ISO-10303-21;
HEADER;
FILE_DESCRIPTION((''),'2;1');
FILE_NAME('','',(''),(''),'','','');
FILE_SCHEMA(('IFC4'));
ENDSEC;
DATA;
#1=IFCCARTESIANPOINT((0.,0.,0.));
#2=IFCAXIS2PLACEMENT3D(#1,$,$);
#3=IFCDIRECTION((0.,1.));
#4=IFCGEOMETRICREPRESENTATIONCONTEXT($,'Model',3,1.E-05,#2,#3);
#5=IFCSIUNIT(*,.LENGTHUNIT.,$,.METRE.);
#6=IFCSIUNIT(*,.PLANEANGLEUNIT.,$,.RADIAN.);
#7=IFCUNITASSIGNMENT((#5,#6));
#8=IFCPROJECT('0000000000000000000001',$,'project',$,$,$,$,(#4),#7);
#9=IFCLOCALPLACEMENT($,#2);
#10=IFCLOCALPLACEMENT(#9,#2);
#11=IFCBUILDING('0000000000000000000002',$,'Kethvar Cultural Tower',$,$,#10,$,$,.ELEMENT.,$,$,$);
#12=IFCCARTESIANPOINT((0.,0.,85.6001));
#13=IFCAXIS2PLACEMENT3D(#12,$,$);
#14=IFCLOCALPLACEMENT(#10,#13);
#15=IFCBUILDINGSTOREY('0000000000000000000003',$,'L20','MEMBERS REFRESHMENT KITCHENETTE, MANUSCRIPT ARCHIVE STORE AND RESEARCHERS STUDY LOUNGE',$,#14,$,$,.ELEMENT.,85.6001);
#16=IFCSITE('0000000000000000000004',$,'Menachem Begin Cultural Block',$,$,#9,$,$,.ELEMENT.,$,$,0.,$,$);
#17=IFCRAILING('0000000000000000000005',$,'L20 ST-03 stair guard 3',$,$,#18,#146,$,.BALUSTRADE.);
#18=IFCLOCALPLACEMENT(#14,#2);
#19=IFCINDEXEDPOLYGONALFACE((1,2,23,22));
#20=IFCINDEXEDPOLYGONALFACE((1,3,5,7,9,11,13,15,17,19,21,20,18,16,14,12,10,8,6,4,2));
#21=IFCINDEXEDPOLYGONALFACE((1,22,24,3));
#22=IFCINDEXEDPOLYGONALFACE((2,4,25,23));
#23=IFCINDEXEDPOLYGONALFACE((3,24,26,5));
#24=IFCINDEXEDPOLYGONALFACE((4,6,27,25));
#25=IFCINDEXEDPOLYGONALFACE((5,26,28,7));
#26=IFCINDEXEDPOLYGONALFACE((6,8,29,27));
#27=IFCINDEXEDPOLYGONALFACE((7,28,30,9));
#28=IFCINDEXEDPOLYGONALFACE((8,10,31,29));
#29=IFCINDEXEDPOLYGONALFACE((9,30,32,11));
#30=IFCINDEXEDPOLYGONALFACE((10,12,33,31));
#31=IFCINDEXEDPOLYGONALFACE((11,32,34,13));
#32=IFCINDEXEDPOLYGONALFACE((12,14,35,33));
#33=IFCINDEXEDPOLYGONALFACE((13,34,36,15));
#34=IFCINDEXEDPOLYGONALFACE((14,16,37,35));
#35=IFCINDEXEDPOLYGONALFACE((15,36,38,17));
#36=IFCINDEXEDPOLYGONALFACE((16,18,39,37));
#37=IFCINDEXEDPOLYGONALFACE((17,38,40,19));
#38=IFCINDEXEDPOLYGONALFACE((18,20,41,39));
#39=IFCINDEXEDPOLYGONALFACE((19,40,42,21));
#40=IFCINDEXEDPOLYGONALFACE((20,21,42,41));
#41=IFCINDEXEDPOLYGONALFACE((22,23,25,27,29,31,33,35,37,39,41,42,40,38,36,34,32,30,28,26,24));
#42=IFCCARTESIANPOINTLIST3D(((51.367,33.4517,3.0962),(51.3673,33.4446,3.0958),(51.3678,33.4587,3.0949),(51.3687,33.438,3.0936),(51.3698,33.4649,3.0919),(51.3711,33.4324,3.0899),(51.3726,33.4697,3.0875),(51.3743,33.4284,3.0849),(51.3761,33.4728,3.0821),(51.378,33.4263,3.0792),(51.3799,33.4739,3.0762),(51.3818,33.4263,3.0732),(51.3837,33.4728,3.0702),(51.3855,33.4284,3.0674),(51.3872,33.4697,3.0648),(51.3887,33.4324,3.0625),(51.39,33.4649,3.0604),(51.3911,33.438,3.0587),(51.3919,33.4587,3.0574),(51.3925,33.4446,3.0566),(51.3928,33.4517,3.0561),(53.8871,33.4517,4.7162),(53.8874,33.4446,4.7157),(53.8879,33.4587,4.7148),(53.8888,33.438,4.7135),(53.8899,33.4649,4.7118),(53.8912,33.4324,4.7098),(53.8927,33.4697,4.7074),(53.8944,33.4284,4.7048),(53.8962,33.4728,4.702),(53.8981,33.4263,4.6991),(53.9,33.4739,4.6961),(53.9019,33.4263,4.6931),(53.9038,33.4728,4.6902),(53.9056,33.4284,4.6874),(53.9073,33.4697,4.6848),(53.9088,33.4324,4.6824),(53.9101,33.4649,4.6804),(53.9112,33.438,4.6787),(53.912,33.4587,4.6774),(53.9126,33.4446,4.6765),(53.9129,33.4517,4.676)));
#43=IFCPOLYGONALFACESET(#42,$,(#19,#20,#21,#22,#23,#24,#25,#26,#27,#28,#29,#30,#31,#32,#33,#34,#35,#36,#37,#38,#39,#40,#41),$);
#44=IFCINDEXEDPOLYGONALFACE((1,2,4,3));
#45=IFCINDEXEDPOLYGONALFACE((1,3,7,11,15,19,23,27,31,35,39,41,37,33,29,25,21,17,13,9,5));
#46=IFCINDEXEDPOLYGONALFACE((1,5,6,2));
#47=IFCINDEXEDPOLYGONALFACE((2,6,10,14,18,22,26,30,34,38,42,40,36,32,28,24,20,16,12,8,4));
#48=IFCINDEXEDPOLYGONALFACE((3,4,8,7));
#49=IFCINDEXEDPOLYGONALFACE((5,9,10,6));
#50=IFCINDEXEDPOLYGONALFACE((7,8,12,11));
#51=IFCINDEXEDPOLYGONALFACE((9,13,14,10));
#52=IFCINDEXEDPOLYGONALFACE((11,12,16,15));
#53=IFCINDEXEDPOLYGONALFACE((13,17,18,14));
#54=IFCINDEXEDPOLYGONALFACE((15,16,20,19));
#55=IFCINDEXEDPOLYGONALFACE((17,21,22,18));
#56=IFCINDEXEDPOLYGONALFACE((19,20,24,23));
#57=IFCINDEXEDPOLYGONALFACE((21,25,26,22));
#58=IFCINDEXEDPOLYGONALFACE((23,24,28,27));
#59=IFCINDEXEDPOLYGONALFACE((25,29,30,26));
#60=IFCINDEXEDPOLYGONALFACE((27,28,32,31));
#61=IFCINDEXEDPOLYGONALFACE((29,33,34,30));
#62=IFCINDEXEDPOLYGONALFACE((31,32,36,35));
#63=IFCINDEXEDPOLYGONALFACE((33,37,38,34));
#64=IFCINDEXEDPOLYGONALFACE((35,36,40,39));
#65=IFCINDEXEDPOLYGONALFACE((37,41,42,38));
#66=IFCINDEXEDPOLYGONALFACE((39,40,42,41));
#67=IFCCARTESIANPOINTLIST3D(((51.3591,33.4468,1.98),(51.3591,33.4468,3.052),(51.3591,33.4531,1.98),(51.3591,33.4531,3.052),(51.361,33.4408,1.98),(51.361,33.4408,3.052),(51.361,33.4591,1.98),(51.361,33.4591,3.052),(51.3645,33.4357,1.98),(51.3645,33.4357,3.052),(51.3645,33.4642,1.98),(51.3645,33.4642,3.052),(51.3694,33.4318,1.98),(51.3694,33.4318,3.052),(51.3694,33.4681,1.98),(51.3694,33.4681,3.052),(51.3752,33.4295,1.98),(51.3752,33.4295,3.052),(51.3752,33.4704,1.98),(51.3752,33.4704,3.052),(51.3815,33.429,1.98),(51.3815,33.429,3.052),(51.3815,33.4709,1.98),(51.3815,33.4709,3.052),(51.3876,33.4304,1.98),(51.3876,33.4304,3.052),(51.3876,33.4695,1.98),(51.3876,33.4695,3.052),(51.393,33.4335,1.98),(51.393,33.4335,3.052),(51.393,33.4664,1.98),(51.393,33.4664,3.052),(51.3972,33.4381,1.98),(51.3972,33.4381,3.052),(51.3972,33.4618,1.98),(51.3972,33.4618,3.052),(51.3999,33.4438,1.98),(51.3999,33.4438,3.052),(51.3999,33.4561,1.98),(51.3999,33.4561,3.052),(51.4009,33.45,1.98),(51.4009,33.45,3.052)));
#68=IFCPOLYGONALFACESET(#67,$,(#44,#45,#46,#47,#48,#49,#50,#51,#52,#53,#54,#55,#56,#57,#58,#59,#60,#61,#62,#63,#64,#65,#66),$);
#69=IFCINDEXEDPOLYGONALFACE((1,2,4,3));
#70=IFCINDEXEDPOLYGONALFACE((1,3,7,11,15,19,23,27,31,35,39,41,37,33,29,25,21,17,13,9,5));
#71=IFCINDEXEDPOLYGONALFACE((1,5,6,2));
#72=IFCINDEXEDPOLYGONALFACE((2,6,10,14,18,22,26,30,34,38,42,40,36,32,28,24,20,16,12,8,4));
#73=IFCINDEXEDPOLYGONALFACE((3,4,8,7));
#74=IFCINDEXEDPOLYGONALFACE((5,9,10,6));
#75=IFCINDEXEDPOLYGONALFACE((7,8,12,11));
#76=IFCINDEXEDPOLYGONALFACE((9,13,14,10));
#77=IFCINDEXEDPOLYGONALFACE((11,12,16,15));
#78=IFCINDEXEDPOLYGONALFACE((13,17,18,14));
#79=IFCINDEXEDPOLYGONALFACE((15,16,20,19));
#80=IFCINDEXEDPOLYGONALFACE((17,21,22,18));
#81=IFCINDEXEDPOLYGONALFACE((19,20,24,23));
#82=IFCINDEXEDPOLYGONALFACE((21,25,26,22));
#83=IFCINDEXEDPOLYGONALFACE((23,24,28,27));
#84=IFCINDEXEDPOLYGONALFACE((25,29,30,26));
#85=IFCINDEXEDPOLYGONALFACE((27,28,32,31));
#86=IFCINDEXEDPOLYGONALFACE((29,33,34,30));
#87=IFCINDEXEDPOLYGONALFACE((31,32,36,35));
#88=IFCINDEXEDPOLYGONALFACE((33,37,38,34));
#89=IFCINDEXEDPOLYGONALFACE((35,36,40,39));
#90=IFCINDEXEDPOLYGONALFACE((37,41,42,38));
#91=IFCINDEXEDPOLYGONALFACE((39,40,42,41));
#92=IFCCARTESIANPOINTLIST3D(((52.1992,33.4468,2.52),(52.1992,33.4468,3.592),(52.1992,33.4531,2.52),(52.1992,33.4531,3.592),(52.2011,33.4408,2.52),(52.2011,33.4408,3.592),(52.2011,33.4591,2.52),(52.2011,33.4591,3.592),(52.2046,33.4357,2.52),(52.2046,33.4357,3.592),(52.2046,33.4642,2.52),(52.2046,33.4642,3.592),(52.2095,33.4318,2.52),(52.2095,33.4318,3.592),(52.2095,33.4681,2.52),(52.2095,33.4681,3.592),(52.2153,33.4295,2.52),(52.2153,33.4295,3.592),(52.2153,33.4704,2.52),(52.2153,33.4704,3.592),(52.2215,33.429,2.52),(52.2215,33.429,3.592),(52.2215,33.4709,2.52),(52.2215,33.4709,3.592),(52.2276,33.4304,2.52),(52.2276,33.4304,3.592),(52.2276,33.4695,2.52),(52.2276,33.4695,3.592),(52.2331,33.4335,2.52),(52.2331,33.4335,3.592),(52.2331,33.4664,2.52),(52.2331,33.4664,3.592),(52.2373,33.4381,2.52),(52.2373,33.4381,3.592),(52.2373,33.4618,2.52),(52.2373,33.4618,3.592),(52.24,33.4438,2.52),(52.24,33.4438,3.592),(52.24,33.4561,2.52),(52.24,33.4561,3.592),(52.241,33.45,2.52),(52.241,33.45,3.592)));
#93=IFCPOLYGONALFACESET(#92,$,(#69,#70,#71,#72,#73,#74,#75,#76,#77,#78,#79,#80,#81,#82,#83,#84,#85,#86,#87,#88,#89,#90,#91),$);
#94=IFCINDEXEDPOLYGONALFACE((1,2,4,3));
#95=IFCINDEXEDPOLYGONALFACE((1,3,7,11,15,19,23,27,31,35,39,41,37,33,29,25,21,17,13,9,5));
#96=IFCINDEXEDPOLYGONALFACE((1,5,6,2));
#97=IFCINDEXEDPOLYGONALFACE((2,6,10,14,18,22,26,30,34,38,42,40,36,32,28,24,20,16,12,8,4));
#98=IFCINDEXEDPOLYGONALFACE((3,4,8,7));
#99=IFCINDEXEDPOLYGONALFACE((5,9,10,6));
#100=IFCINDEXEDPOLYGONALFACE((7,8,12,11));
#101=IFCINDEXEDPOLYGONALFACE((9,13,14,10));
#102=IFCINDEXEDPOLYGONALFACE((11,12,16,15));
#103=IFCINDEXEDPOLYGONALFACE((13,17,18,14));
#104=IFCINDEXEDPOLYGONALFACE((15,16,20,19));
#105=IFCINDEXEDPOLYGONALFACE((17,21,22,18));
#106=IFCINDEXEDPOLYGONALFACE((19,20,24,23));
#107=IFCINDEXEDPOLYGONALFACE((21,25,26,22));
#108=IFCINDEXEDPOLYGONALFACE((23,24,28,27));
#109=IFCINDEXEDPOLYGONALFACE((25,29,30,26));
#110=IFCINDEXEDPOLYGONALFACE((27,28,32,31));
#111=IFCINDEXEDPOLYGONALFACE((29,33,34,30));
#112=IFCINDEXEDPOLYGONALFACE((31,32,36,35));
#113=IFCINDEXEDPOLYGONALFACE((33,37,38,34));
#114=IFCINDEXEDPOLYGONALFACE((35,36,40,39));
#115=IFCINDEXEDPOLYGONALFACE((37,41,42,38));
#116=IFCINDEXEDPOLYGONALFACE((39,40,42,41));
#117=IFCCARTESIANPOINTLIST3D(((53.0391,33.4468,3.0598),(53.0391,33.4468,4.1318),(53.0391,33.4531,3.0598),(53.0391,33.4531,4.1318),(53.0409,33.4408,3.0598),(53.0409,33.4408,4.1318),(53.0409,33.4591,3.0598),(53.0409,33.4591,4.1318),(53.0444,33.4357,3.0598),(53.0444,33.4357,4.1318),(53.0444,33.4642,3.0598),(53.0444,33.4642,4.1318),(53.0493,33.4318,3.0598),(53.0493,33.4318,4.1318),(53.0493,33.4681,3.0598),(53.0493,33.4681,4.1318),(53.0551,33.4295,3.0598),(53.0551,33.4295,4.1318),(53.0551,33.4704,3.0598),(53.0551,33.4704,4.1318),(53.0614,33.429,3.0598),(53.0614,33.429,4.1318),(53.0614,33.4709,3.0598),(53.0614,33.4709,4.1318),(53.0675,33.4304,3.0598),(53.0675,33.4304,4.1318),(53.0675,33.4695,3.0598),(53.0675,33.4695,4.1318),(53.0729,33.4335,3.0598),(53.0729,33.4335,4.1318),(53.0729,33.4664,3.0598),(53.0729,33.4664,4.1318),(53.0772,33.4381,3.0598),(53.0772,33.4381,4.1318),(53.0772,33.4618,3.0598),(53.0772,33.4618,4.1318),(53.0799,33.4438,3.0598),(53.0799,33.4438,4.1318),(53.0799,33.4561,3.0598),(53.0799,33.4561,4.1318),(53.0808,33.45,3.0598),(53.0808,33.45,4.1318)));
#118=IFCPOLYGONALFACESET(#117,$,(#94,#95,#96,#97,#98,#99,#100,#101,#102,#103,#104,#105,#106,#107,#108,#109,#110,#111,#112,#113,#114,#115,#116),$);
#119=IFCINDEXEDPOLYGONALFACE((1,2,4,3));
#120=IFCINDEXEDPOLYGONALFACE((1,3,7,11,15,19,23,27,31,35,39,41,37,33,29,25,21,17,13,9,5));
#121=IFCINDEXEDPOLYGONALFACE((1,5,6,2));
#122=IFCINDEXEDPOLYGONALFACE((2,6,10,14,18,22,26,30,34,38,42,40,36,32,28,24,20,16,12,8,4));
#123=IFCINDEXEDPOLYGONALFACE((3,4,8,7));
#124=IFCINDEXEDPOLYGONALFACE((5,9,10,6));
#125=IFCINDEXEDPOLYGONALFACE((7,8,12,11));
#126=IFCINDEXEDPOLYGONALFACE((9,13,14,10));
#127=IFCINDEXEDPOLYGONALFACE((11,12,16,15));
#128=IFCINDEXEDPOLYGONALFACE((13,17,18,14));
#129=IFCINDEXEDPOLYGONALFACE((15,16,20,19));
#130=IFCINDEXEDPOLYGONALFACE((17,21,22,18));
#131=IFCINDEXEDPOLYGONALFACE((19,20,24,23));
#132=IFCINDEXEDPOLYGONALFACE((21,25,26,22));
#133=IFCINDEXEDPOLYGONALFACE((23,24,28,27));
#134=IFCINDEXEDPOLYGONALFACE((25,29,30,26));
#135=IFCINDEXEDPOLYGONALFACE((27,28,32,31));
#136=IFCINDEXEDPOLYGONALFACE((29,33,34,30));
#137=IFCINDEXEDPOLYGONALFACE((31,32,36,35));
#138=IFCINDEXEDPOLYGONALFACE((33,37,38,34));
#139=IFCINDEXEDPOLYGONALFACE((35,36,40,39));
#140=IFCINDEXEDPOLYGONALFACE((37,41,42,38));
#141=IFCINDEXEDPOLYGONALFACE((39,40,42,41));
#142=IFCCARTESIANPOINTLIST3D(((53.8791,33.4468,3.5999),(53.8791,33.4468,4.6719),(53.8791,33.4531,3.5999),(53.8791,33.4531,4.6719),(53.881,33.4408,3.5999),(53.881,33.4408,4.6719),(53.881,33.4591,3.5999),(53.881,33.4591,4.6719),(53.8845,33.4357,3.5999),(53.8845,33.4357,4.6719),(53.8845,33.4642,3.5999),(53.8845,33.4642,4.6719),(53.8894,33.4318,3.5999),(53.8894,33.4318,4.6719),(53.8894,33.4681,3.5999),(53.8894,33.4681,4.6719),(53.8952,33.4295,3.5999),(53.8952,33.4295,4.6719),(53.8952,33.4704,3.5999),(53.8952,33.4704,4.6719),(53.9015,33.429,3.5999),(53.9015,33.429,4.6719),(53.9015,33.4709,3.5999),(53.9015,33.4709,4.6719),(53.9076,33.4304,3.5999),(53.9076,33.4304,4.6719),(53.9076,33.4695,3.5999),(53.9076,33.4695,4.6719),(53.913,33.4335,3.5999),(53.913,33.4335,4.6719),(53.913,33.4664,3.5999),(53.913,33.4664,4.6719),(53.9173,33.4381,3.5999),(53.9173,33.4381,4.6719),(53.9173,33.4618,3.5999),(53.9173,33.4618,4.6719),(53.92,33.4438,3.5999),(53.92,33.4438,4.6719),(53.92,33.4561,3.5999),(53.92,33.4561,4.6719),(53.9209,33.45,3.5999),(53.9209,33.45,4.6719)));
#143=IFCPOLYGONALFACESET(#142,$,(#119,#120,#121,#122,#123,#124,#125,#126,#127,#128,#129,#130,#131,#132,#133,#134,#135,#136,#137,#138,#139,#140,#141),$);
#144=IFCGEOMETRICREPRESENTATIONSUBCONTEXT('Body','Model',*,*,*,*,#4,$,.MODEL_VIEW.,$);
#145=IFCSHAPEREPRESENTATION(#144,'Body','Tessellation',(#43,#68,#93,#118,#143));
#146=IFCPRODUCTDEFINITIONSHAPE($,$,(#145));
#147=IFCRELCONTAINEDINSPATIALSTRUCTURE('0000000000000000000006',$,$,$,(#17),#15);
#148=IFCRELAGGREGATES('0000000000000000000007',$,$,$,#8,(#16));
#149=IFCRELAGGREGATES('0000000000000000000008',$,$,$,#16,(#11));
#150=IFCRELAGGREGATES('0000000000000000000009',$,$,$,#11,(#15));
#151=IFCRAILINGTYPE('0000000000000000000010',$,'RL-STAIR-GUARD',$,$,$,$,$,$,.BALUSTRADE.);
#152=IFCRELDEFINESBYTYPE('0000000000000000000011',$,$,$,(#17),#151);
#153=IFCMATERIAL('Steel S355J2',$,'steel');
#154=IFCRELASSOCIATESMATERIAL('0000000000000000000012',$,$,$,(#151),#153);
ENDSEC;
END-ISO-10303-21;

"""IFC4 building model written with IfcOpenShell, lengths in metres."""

from ifc_helpers import new_model, si_unit, direction, frame, origin, origin_2d, place, context, subcontext, project, spatial, circle, extrude, material, type_object, element, save


model = new_model("IFC4")

# Units and contexts
model_context = context("Model", 3, precision=1e-05, world=origin(), true_north=direction((0.0, 1.0)))
body_context = subcontext(model_context, "Body", "Model", "MODEL_VIEW")
ifc_project = project(units=[si_unit("LENGTHUNIT", "METRE"), si_unit("PLANEANGLEUNIT", "RADIAN")], contexts=[model_context])

# Site, building, storey
site_placement = place(None, origin())
site = spatial("IfcSite", under=ifc_project, at=site_placement, Name="Menachem Begin Cultural Block", CompositionType="ELEMENT", RefElevation=0.0)
building_placement = place(site_placement, origin())
building = spatial("IfcBuilding", under=site, at=building_placement, Name="Kethvar Cultural Tower", CompositionType="ELEMENT")
storey_placement = place(building_placement, frame((0.0, 0.0, 85.6001)))
storey = spatial("IfcBuildingStorey", under=building, at=storey_placement, Name="L20", Description="MEMBERS REFRESHMENT KITCHENETTE, MANUSCRIPT ARCHIVE STORE AND RESEARCHERS STUDY LOUNGE", CompositionType="ELEMENT", Elevation=85.6001)

# Shared definitions
ifc_material_1 = material(Name="Steel S355J2", Category="steel")

# Railing
railing_type_1 = type_object("IfcRailingType", Name="RL-STAIR-GUARD", PredefinedType="BALUSTRADE", material=ifc_material_1)
railing_1_placement = place(storey_placement, frame((51.3799, 33.45, 1.98)))
element("IfcRailing", 1, at=railing_1_placement, inside=storey, type_object=railing_type_1, Name="L20 ST-03 stair guard 3", PredefinedType="BALUSTRADE", context=body_context, shape_type="SweptSolid", body=[
    extrude(circle(Radius=0.0239, at=origin_2d()), frame((0.0, 0.0, 1.0962), z_axis=(0.8412, 0.0, 0.540725), x_axis=(0.0, 1.0, 0.0)), (0.0, 0.0, 1.0), 2.9958),
    extrude(circle(Radius=0.021, at=origin_2d()), origin(), (0.0, 0.0, 1.0), 1.072),
    extrude(circle(Radius=0.021, at=origin_2d()), frame((0.8401, 0.0, 0.54)), (0.0, 0.0, 1.0), 1.072),
    extrude(circle(Radius=0.021, at=origin_2d()), frame((1.6799, 0.0, 1.0798)), (0.0, 0.0, 1.0), 1.072),
    extrude(circle(Radius=0.021, at=origin_2d()), frame((2.52, 0.0, 1.6199)), (0.0, 0.0, 1.0), 1.072),
])

save(model, "model.ifc")
